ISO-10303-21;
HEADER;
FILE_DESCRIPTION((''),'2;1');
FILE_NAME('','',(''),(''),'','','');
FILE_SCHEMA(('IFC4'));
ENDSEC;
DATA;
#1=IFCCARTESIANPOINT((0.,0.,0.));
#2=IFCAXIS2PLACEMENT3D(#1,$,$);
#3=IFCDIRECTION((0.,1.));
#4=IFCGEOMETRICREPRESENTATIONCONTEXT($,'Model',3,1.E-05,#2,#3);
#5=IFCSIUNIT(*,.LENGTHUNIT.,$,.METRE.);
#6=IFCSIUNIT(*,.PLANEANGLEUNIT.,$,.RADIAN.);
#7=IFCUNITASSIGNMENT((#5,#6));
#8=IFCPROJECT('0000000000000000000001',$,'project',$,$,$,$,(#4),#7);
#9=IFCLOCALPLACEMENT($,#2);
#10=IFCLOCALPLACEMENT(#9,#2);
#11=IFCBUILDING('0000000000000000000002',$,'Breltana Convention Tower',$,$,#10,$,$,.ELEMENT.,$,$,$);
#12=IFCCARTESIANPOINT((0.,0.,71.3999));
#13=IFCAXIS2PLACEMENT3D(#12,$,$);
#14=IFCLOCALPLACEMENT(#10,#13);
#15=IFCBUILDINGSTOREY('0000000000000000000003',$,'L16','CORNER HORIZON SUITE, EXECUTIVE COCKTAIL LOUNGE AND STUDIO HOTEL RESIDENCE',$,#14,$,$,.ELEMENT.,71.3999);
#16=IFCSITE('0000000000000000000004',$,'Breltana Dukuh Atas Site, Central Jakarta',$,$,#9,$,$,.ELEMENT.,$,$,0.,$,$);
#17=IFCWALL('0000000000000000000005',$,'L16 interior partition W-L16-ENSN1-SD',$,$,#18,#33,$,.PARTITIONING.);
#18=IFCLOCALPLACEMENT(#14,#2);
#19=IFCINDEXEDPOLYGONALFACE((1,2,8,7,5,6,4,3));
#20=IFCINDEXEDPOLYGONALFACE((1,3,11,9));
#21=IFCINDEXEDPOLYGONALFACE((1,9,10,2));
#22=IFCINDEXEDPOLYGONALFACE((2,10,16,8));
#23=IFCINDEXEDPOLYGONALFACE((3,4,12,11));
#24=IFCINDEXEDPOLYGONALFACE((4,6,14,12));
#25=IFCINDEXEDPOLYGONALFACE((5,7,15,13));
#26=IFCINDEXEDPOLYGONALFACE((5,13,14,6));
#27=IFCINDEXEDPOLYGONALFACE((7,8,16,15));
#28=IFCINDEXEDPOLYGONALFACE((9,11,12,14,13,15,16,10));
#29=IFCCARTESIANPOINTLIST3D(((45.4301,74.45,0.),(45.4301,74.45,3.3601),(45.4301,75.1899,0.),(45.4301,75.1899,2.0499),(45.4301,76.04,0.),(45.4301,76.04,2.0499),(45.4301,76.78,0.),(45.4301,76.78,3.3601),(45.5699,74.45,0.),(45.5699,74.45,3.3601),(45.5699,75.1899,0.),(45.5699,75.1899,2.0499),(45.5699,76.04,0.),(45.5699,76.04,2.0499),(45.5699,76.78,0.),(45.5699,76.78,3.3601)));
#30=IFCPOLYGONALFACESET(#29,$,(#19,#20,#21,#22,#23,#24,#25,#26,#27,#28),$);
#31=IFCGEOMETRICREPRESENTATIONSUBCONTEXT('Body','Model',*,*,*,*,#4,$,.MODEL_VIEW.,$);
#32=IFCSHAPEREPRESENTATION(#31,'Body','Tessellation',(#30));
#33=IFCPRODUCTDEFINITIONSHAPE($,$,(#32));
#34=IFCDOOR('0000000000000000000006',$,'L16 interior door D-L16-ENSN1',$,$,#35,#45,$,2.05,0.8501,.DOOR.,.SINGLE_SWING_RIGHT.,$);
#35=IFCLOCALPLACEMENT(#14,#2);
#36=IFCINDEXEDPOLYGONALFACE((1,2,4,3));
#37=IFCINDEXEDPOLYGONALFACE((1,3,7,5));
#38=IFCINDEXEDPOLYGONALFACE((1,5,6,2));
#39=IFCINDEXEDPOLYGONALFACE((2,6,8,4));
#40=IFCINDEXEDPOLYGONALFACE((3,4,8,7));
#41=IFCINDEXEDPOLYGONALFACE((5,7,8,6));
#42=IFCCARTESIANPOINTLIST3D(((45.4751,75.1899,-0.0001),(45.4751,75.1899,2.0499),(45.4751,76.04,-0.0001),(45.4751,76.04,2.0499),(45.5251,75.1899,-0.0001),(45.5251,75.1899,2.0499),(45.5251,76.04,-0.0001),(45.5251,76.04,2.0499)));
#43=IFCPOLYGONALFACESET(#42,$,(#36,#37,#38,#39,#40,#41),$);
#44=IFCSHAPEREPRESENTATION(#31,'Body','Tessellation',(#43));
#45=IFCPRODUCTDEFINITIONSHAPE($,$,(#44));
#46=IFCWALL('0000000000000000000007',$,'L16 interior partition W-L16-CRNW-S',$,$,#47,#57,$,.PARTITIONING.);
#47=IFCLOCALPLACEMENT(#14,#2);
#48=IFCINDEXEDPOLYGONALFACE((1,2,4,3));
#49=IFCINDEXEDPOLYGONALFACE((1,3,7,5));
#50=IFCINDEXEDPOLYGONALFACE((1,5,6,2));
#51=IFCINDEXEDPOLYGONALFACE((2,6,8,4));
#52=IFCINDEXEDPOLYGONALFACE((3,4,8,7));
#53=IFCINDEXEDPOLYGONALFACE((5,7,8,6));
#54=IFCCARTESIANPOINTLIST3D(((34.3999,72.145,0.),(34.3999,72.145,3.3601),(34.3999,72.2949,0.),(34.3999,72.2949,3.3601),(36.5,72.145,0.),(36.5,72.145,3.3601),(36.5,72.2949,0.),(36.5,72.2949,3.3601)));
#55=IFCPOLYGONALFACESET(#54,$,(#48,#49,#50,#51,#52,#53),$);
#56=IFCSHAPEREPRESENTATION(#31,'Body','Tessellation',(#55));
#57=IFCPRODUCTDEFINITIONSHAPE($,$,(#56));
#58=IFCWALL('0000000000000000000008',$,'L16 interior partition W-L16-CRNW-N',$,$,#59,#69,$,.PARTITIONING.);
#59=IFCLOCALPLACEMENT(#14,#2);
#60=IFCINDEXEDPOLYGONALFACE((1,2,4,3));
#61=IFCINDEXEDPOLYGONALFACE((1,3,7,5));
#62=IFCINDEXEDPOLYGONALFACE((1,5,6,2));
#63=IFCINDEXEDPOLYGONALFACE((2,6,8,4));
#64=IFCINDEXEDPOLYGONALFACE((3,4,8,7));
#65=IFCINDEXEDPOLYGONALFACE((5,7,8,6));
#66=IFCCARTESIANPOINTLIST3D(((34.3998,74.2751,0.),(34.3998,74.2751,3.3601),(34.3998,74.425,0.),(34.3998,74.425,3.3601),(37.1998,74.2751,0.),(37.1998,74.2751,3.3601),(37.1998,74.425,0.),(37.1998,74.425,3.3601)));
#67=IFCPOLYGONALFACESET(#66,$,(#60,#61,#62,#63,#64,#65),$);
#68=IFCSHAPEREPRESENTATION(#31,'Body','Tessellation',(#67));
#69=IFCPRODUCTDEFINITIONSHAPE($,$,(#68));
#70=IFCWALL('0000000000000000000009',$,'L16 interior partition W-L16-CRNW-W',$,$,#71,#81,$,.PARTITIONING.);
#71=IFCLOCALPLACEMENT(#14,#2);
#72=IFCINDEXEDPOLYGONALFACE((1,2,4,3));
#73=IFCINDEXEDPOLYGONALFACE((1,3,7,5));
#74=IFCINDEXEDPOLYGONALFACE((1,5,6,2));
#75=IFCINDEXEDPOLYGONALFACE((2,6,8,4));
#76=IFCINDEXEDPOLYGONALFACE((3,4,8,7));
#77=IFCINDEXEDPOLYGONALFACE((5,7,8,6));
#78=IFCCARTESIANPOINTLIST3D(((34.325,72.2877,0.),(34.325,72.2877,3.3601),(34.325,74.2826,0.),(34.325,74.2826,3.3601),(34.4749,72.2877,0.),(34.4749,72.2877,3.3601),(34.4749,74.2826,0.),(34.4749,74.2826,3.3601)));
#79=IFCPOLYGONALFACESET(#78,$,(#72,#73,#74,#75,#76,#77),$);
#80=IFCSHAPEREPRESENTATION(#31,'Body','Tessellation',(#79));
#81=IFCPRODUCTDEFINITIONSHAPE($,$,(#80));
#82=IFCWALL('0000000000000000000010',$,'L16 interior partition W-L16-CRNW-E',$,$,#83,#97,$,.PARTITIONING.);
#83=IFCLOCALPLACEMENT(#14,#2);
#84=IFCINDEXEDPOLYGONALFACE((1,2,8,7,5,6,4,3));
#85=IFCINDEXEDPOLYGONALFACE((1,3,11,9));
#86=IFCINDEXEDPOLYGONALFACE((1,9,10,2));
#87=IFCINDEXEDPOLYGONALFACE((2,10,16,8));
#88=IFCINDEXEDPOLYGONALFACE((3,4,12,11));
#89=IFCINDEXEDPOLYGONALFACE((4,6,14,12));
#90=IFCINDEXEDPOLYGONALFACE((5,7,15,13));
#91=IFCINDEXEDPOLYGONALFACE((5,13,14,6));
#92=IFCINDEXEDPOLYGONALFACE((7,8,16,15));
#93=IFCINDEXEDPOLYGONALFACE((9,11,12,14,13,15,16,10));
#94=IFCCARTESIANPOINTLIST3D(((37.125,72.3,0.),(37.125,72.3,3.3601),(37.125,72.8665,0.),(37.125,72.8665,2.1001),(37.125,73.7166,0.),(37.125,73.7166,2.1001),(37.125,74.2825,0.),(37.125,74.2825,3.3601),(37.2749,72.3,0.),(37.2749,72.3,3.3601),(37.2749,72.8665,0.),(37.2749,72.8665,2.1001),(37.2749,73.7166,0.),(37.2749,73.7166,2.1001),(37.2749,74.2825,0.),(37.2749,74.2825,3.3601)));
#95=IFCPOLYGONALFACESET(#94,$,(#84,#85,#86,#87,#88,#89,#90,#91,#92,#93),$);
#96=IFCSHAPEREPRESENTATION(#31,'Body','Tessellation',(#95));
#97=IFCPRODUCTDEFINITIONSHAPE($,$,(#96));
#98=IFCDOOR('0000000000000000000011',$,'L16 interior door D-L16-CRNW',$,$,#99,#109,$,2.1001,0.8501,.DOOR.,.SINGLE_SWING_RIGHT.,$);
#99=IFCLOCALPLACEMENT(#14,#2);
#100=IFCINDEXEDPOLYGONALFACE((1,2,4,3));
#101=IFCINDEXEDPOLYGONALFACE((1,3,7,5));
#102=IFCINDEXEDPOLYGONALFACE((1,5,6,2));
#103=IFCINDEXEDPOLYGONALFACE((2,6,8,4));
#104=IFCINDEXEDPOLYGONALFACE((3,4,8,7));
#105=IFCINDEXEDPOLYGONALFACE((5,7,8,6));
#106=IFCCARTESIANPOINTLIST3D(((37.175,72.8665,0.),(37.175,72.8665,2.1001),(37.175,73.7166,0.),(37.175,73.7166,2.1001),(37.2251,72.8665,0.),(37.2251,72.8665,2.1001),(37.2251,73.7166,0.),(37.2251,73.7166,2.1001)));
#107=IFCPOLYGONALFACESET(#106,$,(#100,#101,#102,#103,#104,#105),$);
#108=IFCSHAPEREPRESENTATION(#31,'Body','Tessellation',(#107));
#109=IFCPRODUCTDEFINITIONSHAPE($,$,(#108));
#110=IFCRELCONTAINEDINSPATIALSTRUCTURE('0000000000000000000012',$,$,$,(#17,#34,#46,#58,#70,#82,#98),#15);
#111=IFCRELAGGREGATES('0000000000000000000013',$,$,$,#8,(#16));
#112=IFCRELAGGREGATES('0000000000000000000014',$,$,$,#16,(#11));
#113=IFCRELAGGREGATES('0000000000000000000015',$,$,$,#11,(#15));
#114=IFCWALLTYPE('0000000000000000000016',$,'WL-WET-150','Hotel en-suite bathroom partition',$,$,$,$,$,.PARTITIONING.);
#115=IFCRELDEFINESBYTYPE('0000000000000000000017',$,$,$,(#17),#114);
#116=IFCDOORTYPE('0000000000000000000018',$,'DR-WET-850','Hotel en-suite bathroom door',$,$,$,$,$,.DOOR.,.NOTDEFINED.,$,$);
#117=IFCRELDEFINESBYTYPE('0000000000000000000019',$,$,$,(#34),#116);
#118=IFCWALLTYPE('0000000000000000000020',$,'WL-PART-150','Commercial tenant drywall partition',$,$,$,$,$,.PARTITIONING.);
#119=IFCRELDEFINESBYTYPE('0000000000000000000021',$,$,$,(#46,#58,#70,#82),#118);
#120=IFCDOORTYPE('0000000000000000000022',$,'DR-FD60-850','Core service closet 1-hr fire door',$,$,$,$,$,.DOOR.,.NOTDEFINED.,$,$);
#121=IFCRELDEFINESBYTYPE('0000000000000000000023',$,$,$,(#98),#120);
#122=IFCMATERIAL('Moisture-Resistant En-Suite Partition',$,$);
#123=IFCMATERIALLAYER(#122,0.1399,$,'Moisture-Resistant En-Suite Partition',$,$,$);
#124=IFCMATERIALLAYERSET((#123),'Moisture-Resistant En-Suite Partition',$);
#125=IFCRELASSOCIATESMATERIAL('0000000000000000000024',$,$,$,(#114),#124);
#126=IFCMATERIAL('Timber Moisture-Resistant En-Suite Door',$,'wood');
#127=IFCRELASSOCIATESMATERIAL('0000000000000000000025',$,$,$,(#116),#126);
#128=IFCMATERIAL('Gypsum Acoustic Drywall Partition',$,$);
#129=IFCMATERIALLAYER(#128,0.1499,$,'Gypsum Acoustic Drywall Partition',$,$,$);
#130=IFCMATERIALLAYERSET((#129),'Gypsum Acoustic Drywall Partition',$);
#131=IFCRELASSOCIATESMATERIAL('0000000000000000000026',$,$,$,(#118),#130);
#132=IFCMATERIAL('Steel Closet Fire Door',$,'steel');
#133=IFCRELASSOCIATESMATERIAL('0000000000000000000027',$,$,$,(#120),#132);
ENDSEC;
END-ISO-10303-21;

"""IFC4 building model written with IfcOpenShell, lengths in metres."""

from ifc_helpers import new_model, si_unit, direction, frame, frame_2d, origin, place, context, subcontext, project, spatial, rectangle, extrude, source, transform, mapped, material, layer, layer_set, type_object, type_shapes, element, fill, save


model = new_model("IFC4")

# Units and contexts
model_context = context("Model", 3, precision=1e-05, world=origin(), true_north=direction((0.0, 1.0)))
body_context = subcontext(model_context, "Body", "Model", "MODEL_VIEW")
ifc_project = project(units=[si_unit("LENGTHUNIT", "METRE"), si_unit("PLANEANGLEUNIT", "RADIAN")], contexts=[model_context])

# Site, building, storey
site_placement = place(None, origin())
site = spatial("IfcSite", under=ifc_project, at=site_placement, Name="Breltana Dukuh Atas Site, Central Jakarta", CompositionType="ELEMENT", RefElevation=0.0)
building_placement = place(site_placement, origin())
building = spatial("IfcBuilding", under=site, at=building_placement, Name="Breltana Convention Tower", CompositionType="ELEMENT")
storey_placement = place(building_placement, frame((0.0, 0.0, 71.3999)))
storey = spatial("IfcBuildingStorey", under=building, at=storey_placement, Name="L16", Description="CORNER HORIZON SUITE, EXECUTIVE COCKTAIL LOUNGE AND STUDIO HOTEL RESIDENCE", CompositionType="ELEMENT", Elevation=71.3999)

# Shared definitions
ifc_material_1 = material(Name="Moisture-Resistant En-Suite Partition")
ifc_layer_1 = layer(ifc_material_1, 0.1399, Name="Moisture-Resistant En-Suite Partition")
ifc_layer_set_1 = layer_set([ifc_layer_1], Name="Moisture-Resistant En-Suite Partition")
wall_type_1 = type_object("IfcWallType", Name="WL-WET-150", Description="Hotel en-suite bathroom partition", PredefinedType="PARTITIONING", material=ifc_layer_set_1)

# Wall, opening, door
shared_shape_1 = source(origin(), body_context, "Body", "SweptSolid", [
    extrude(rectangle(XDim=2.3301, YDim=0.1399, at=frame_2d((1.165, 0.0))), origin(), (0.0, 0.0, 1.0), 3.3601),
])
wall_1_placement = place(storey_placement, frame((45.5, 74.45, 0.0), z_axis=(0.0, 0.0, 1.0), x_axis=(0.0, 1.0, 0.0)))
wall_1 = element("IfcWall", 1, at=wall_1_placement, inside=storey, type_object=wall_type_1, Name="L16 interior partition W-L16-ENSN1-SD", PredefinedType="PARTITIONING", context=body_context, shape_type="MappedRepresentation", body=[
    mapped(shared_shape_1, transform((0.0, 0.0, 0.0), scale=1.0)),
])
opening_1_placement = place(wall_1_placement, frame((0.74, 0.0, 0.0)))
opening_1 = element("IfcOpeningElement", 2, at=opening_1_placement, cuts=wall_1, PredefinedType="OPENING", context=body_context, shape_type="SweptSolid", body=[
    extrude(rectangle(XDim=0.8501, YDim=2.05, at=frame_2d((0.425, 1.0249))), frame((0.0, 0.0801, 0.0), z_axis=(0.0, -1.0, 0.0), x_axis=(1.0, 0.0, 0.0)), (0.0, 0.0, 1.0), 0.1599),
])
ifc_material_2 = material(Name="Timber Moisture-Resistant En-Suite Door", Category="wood")
door_type_1 = type_object("IfcDoorType", Name="DR-WET-850", Description="Hotel en-suite bathroom door", OperationType="NOTDEFINED", PredefinedType="DOOR", material=ifc_material_2)
shared_shape_2 = source(origin(), body_context, "Body", "SweptSolid", [
    extrude(rectangle(XDim=0.8501, YDim=2.05, at=frame_2d((0.425, 1.0249))), frame((0.0, 0.0249, 0.0), z_axis=(0.0, -1.0, 0.0), x_axis=(1.0, 0.0, 0.0)), (0.0, 0.0, 1.0), 0.05),
])
type_shapes(door_type_1, [shared_shape_2])
door_1_placement = place(opening_1_placement, origin())
door_1 = element("IfcDoor", 3, at=door_1_placement, inside=storey, type_object=door_type_1, Name="L16 interior door D-L16-ENSN1", OperationType="SINGLE_SWING_RIGHT", OverallHeight=2.05, OverallWidth=0.8501, PredefinedType="DOOR", context=body_context, shape_type="MappedRepresentation", body=[
    mapped(shared_shape_2, transform((0.0, 0.0, 0.0), scale=1.0)),
])
fill(opening_1, door_1)

# Walls
ifc_material_3 = material(Name="Gypsum Acoustic Drywall Partition")
ifc_layer_2 = layer(ifc_material_3, 0.1499, Name="Gypsum Acoustic Drywall Partition")
ifc_layer_set_2 = layer_set([ifc_layer_2], Name="Gypsum Acoustic Drywall Partition")
wall_type_2 = type_object("IfcWallType", Name="WL-PART-150", Description="Commercial tenant drywall partition", PredefinedType="PARTITIONING", material=ifc_layer_set_2)
shared_shape_3 = source(origin(), body_context, "Body", "SweptSolid", [
    extrude(rectangle(XDim=2.1001, YDim=0.1499, at=frame_2d((1.05, 0.0))), origin(), (0.0, 0.0, 1.0), 3.3601),
])
wall_2_placement = place(storey_placement, frame((34.3999, 72.22, 0.0), z_axis=(0.0, 0.0, 1.0), x_axis=(1.0, 0.0, 0.0)))
element("IfcWall", 4, at=wall_2_placement, inside=storey, type_object=wall_type_2, Name="L16 interior partition W-L16-CRNW-S", PredefinedType="PARTITIONING", context=body_context, shape_type="MappedRepresentation", body=[
    mapped(shared_shape_3, transform((0.0, 0.0, 0.0), scale=1.0)),
])
shared_shape_4 = source(origin(), body_context, "Body", "SweptSolid", [
    extrude(rectangle(XDim=2.8, YDim=0.1499, at=frame_2d((1.3999, 0.0))), origin(), (0.0, 0.0, 1.0), 3.3601),
])
wall_3_placement = place(storey_placement, frame((34.3999, 74.3501, 0.0), z_axis=(0.0, 0.0, 1.0), x_axis=(1.0, 0.0, 0.0)))
element("IfcWall", 5, at=wall_3_placement, inside=storey, type_object=wall_type_2, Name="L16 interior partition W-L16-CRNW-N", PredefinedType="PARTITIONING", context=body_context, shape_type="MappedRepresentation", body=[
    mapped(shared_shape_4, transform((0.0, 0.0, 0.0), scale=1.0)),
])
shared_shape_5 = source(origin(), body_context, "Body", "SweptSolid", [
    extrude(rectangle(XDim=1.9949, YDim=0.1499, at=frame_2d((0.9976, 0.0))), origin(), (0.0, 0.0, 1.0), 3.3601),
])
wall_4_placement = place(storey_placement, frame((34.3999, 72.2876, 0.0), z_axis=(0.0, 0.0, 1.0), x_axis=(0.0, 1.0, 0.0)))
element("IfcWall", 6, at=wall_4_placement, inside=storey, type_object=wall_type_2, Name="L16 interior partition W-L16-CRNW-W", PredefinedType="PARTITIONING", context=body_context, shape_type="MappedRepresentation", body=[
    mapped(shared_shape_5, transform((0.0, 0.0, 0.0), scale=1.0)),
])

# Wall, opening, door
shared_shape_6 = source(origin(), body_context, "Body", "SweptSolid", [
    extrude(rectangle(XDim=1.9824, YDim=0.1499, at=frame_2d((0.9912, 0.0))), origin(), (0.0, 0.0, 1.0), 3.3601),
])
wall_5_placement = place(storey_placement, frame((37.2, 72.3, 0.0), z_axis=(0.0, 0.0, 1.0), x_axis=(0.0, 1.0, 0.0)))
wall_5 = element("IfcWall", 7, at=wall_5_placement, inside=storey, type_object=wall_type_2, Name="L16 interior partition W-L16-CRNW-E", PredefinedType="PARTITIONING", context=body_context, shape_type="MappedRepresentation", body=[
    mapped(shared_shape_6, transform((0.0, 0.0, 0.0), scale=1.0)),
])
opening_2_placement = place(wall_5_placement, frame((0.5664, 0.0, 0.0)))
opening_2 = element("IfcOpeningElement", 8, at=opening_2_placement, cuts=wall_5, PredefinedType="OPENING", context=body_context, shape_type="SweptSolid", body=[
    extrude(rectangle(XDim=0.8501, YDim=2.1001, at=frame_2d((0.425, 1.05))), frame((0.0, 0.085, 0.0), z_axis=(0.0, -1.0, 0.0), x_axis=(1.0, 0.0, 0.0)), (0.0, 0.0, 1.0), 0.1699),
])
ifc_material_4 = material(Name="Steel Closet Fire Door", Category="steel")
door_type_2 = type_object("IfcDoorType", Name="DR-FD60-850", Description="Core service closet 1-hr fire door", OperationType="NOTDEFINED", PredefinedType="DOOR", material=ifc_material_4)
shared_shape_7 = source(origin(), body_context, "Body", "SweptSolid", [
    extrude(rectangle(XDim=0.8501, YDim=2.1001, at=frame_2d((0.425, 1.05))), frame((0.0, 0.0249, 0.0), z_axis=(0.0, -1.0, 0.0), x_axis=(1.0, 0.0, 0.0)), (0.0, 0.0, 1.0), 0.05),
])
type_shapes(door_type_2, [shared_shape_7])
door_2_placement = place(opening_2_placement, origin())
door_2 = element("IfcDoor", 9, at=door_2_placement, inside=storey, type_object=door_type_2, Name="L16 interior door D-L16-CRNW", OperationType="SINGLE_SWING_RIGHT", OverallHeight=2.1001, OverallWidth=0.8501, PredefinedType="DOOR", context=body_context, shape_type="MappedRepresentation", body=[
    mapped(shared_shape_7, transform((0.0, 0.0, 0.0), scale=1.0)),
])
fill(opening_2, door_2)

save(model, "model.ifc")
